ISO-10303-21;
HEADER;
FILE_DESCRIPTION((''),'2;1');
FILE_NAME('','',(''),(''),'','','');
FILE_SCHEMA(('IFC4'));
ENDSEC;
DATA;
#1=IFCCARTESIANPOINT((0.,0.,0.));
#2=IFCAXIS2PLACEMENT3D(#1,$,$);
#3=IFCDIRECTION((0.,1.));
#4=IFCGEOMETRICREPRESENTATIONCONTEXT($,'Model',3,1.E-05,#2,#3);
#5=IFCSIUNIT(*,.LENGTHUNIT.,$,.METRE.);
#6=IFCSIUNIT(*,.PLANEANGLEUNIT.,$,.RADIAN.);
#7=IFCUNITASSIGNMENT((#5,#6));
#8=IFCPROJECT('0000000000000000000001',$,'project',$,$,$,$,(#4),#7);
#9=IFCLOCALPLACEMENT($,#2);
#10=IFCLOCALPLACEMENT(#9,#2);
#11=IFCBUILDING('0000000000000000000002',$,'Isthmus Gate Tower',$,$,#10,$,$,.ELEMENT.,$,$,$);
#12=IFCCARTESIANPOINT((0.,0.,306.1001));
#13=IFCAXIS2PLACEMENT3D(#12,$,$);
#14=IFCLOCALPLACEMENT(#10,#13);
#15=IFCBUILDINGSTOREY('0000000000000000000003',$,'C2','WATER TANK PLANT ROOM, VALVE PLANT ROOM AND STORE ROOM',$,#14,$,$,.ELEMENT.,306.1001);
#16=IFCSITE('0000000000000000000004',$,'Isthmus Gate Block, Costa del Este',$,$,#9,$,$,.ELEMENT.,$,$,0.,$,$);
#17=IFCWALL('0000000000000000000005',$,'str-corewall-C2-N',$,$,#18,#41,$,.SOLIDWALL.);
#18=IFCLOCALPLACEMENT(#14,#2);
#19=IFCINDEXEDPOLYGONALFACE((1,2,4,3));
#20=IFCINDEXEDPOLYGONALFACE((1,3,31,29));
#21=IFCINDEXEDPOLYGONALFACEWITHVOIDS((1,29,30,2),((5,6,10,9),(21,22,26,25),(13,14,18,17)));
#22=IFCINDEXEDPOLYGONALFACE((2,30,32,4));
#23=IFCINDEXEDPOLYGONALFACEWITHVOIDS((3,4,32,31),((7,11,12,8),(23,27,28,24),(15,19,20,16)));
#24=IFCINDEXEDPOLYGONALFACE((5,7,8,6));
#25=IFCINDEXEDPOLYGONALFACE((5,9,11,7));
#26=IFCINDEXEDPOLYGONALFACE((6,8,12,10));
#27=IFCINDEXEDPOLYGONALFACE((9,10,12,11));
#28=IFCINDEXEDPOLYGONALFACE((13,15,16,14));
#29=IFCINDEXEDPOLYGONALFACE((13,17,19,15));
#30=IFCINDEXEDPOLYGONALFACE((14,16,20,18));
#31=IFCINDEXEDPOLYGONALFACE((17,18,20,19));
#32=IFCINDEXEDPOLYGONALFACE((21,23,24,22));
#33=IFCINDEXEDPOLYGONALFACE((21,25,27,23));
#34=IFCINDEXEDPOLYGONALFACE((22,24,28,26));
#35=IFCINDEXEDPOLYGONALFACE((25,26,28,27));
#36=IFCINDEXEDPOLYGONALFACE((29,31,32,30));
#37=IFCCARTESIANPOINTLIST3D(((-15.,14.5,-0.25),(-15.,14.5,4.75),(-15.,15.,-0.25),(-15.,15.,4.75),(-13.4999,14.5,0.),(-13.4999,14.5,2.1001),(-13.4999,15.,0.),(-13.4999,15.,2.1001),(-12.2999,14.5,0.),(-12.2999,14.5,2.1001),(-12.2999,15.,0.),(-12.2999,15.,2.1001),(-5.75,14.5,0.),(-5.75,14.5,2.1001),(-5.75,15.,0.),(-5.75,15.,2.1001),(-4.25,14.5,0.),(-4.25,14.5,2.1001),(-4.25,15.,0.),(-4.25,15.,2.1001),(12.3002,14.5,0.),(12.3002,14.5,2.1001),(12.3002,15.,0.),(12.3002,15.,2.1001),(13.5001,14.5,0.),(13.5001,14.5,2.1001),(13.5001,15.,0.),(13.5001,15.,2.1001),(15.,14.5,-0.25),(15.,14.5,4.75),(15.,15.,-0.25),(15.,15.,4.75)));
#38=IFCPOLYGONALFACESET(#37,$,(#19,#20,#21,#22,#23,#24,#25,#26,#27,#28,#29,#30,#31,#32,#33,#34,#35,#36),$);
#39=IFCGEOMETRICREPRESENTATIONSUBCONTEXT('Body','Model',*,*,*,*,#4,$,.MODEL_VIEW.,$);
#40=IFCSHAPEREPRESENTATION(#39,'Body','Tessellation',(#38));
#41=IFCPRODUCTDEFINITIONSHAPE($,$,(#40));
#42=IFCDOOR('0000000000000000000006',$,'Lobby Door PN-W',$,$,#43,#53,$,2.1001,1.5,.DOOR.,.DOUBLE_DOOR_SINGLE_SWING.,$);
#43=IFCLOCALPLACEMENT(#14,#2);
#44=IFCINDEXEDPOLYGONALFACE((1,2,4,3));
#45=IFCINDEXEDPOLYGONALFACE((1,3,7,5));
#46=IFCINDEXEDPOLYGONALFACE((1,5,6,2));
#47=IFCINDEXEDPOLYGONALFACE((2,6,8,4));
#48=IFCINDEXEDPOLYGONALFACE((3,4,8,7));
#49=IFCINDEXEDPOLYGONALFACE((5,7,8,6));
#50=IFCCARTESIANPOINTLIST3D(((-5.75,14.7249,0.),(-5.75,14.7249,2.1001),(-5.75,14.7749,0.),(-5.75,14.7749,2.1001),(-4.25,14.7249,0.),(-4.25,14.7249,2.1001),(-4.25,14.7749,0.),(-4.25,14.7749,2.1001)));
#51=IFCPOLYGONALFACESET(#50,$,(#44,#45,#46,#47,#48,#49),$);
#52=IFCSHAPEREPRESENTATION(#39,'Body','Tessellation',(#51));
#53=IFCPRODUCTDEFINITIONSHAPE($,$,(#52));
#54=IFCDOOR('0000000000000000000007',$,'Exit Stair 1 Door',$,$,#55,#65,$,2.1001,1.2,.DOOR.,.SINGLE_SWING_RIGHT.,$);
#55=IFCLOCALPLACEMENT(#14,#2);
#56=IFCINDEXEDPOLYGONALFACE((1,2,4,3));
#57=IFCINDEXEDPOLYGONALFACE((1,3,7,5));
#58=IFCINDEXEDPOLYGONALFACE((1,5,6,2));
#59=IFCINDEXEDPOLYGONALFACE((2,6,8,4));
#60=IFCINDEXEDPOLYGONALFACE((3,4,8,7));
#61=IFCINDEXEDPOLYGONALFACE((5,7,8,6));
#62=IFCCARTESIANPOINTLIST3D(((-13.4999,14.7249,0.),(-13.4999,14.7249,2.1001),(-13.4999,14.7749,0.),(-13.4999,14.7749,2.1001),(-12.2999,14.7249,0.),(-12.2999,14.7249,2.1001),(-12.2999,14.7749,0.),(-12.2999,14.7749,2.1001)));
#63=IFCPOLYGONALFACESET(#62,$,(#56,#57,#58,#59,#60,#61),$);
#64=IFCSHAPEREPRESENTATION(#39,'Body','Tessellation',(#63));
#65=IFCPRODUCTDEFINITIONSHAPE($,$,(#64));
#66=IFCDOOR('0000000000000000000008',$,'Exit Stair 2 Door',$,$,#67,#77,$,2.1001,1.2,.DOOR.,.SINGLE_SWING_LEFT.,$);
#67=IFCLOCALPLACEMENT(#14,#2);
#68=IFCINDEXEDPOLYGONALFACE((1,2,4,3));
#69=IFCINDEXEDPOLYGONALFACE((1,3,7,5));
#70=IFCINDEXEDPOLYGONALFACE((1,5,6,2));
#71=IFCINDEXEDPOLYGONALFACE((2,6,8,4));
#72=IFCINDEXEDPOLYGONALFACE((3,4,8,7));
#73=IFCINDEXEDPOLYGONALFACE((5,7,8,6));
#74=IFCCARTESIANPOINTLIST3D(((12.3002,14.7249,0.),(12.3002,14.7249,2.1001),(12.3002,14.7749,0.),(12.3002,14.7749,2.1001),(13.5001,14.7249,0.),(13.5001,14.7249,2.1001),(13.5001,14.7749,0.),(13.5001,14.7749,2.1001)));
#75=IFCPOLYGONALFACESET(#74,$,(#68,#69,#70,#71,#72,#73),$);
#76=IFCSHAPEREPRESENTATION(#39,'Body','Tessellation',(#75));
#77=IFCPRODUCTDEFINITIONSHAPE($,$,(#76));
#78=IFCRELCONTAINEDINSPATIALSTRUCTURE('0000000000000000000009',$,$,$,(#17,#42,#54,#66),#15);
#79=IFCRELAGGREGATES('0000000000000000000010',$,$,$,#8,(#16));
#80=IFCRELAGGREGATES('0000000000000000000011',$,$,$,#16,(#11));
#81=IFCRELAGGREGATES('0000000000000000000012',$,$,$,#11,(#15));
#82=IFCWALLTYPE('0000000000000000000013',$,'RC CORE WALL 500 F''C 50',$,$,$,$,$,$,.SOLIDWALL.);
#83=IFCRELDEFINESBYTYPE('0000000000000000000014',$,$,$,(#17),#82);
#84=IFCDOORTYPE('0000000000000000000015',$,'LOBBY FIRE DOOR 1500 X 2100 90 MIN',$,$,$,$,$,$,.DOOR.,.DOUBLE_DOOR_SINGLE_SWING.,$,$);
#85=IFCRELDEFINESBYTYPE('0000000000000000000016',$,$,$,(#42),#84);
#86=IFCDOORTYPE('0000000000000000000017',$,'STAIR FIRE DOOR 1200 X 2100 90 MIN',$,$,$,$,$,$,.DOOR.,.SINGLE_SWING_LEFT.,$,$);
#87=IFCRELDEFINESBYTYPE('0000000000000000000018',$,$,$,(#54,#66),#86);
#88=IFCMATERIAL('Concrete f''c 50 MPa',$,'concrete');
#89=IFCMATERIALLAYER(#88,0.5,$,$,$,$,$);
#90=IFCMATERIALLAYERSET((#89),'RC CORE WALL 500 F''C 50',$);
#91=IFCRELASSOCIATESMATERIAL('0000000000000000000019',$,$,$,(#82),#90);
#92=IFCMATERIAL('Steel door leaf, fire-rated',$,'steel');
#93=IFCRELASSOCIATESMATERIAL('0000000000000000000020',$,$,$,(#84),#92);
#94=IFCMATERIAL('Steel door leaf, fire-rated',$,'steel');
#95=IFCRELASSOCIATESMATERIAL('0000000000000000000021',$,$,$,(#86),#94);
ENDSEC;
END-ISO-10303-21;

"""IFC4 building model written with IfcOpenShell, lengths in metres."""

from ifc_helpers import new_model, si_unit, direction, frame, frame_2d, origin, place, context, subcontext, project, spatial, rectangle, extrude, material, layer, layer_set, type_object, element, fill, save


model = new_model("IFC4")

# Units and contexts
model_context = context("Model", 3, precision=1e-05, world=origin(), true_north=direction((0.0, 1.0)))
body_context = subcontext(model_context, "Body", "Model", "MODEL_VIEW")
ifc_project = project(units=[si_unit("LENGTHUNIT", "METRE"), si_unit("PLANEANGLEUNIT", "RADIAN")], contexts=[model_context])

# Site, building, storey
site_placement = place(None, origin())
site = spatial("IfcSite", under=ifc_project, at=site_placement, Name="Isthmus Gate Block, Costa del Este", CompositionType="ELEMENT", RefElevation=0.0)
building_placement = place(site_placement, origin())
building = spatial("IfcBuilding", under=site, at=building_placement, Name="Isthmus Gate Tower", CompositionType="ELEMENT")
storey_placement = place(building_placement, frame((0.0, 0.0, 306.1001)))
storey = spatial("IfcBuildingStorey", under=building, at=storey_placement, Name="C2", Description="WATER TANK PLANT ROOM, VALVE PLANT ROOM AND STORE ROOM", CompositionType="ELEMENT", Elevation=306.1001)

# Wall, openings, doors
ifc_material_1 = material(Name="Concrete f'c 50 MPa", Category="concrete")
ifc_layer_1 = layer(ifc_material_1, 0.5)
ifc_layer_set_1 = layer_set([ifc_layer_1], Name="RC CORE WALL 500 F'C 50")
wall_type_1 = type_object("IfcWallType", Name="RC CORE WALL 500 F'C 50", PredefinedType="SOLIDWALL", material=ifc_layer_set_1)
wall_1_placement = place(storey_placement, frame((-15.0, 14.75, -0.25), z_axis=(0.0, 0.0, 1.0), x_axis=(1.0, 0.0, 0.0)))
wall_1 = element("IfcWall", 1, at=wall_1_placement, inside=storey, type_object=wall_type_1, Name="str-corewall-C2-N", PredefinedType="SOLIDWALL", context=body_context, shape_type="SweptSolid", body=[
    extrude(rectangle(XDim=30.0, YDim=0.5, at=frame_2d((15.0, 0.0))), origin(), (0.0, 0.0, 1.0), 5.0),
])
opening_1_placement = place(wall_1_placement, frame((1.5, 0.0, 0.25)))
opening_1 = element("IfcOpeningElement", 2, at=opening_1_placement, cuts=wall_1, PredefinedType="OPENING", context=body_context, shape_type="SweptSolid", body=[
    extrude(rectangle(XDim=1.2, YDim=2.1001, at=frame_2d((0.6001, 1.05))), frame((0.0, 0.26, 0.0), z_axis=(0.0, -1.0, 0.0), x_axis=(1.0, 0.0, 0.0)), (0.0, 0.0, 1.0), 0.52),
])
opening_2_placement = place(wall_1_placement, frame((27.3, 0.0, 0.25)))
opening_2 = element("IfcOpeningElement", 3, at=opening_2_placement, cuts=wall_1, PredefinedType="OPENING", context=body_context, shape_type="SweptSolid", body=[
    extrude(rectangle(XDim=1.2, YDim=2.1001, at=frame_2d((0.6001, 1.05))), frame((0.0, 0.26, 0.0), z_axis=(0.0, -1.0, 0.0), x_axis=(1.0, 0.0, 0.0)), (0.0, 0.0, 1.0), 0.52),
])
opening_3_placement = place(wall_1_placement, frame((9.25, 0.0, 0.25)))
opening_3 = element("IfcOpeningElement", 4, at=opening_3_placement, cuts=wall_1, PredefinedType="OPENING", context=body_context, shape_type="SweptSolid", body=[
    extrude(rectangle(XDim=1.5, YDim=2.1001, at=frame_2d((0.75, 1.05))), frame((0.0, 0.26, 0.0), z_axis=(0.0, -1.0, 0.0), x_axis=(1.0, 0.0, 0.0)), (0.0, 0.0, 1.0), 0.52),
])
ifc_material_2 = material(Name="Steel door leaf, fire-rated", Category="steel")
door_type_1 = type_object("IfcDoorType", Name="LOBBY FIRE DOOR 1500 X 2100 90 MIN", OperationType="DOUBLE_DOOR_SINGLE_SWING", PredefinedType="DOOR", material=ifc_material_2)
door_1_placement = place(opening_3_placement, origin())
door_1 = element("IfcDoor", 5, at=door_1_placement, inside=storey, type_object=door_type_1, Name="Lobby Door PN-W", OperationType="DOUBLE_DOOR_SINGLE_SWING", OverallHeight=2.1001, OverallWidth=1.5, PredefinedType="DOOR", context=body_context, shape_type="SweptSolid", body=[
    extrude(rectangle(XDim=1.5, YDim=2.1001, at=frame_2d((0.75, 1.05))), frame((0.0, 0.0249, 0.0), z_axis=(0.0, -1.0, 0.0), x_axis=(1.0, 0.0, 0.0)), (0.0, 0.0, 1.0), 0.05),
])
fill(opening_3, door_1)
ifc_material_3 = material(Name="Steel door leaf, fire-rated", Category="steel")
door_type_2 = type_object("IfcDoorType", Name="STAIR FIRE DOOR 1200 X 2100 90 MIN", OperationType="SINGLE_SWING_LEFT", PredefinedType="DOOR", material=ifc_material_3)
door_2_placement = place(opening_1_placement, origin())
door_2 = element("IfcDoor", 6, at=door_2_placement, inside=storey, type_object=door_type_2, Name="Exit Stair 1 Door", OperationType="SINGLE_SWING_RIGHT", OverallHeight=2.1001, OverallWidth=1.2, PredefinedType="DOOR", context=body_context, shape_type="SweptSolid", body=[
    extrude(rectangle(XDim=1.2, YDim=2.1001, at=frame_2d((0.6001, 1.05))), frame((0.0, 0.0249, 0.0), z_axis=(0.0, -1.0, 0.0), x_axis=(1.0, 0.0, 0.0)), (0.0, 0.0, 1.0), 0.05),
])
fill(opening_1, door_2)
door_3_placement = place(opening_2_placement, origin())
door_3 = element("IfcDoor", 7, at=door_3_placement, inside=storey, type_object=door_type_2, Name="Exit Stair 2 Door", OperationType="SINGLE_SWING_LEFT", OverallHeight=2.1001, OverallWidth=1.2, PredefinedType="DOOR", context=body_context, shape_type="SweptSolid", body=[
    extrude(rectangle(XDim=1.2, YDim=2.1001, at=frame_2d((0.6001, 1.05))), frame((0.0, 0.0249, 0.0), z_axis=(0.0, -1.0, 0.0), x_axis=(1.0, 0.0, 0.0)), (0.0, 0.0, 1.0), 0.05),
])
fill(opening_2, door_3)

save(model, "model.ifc")
